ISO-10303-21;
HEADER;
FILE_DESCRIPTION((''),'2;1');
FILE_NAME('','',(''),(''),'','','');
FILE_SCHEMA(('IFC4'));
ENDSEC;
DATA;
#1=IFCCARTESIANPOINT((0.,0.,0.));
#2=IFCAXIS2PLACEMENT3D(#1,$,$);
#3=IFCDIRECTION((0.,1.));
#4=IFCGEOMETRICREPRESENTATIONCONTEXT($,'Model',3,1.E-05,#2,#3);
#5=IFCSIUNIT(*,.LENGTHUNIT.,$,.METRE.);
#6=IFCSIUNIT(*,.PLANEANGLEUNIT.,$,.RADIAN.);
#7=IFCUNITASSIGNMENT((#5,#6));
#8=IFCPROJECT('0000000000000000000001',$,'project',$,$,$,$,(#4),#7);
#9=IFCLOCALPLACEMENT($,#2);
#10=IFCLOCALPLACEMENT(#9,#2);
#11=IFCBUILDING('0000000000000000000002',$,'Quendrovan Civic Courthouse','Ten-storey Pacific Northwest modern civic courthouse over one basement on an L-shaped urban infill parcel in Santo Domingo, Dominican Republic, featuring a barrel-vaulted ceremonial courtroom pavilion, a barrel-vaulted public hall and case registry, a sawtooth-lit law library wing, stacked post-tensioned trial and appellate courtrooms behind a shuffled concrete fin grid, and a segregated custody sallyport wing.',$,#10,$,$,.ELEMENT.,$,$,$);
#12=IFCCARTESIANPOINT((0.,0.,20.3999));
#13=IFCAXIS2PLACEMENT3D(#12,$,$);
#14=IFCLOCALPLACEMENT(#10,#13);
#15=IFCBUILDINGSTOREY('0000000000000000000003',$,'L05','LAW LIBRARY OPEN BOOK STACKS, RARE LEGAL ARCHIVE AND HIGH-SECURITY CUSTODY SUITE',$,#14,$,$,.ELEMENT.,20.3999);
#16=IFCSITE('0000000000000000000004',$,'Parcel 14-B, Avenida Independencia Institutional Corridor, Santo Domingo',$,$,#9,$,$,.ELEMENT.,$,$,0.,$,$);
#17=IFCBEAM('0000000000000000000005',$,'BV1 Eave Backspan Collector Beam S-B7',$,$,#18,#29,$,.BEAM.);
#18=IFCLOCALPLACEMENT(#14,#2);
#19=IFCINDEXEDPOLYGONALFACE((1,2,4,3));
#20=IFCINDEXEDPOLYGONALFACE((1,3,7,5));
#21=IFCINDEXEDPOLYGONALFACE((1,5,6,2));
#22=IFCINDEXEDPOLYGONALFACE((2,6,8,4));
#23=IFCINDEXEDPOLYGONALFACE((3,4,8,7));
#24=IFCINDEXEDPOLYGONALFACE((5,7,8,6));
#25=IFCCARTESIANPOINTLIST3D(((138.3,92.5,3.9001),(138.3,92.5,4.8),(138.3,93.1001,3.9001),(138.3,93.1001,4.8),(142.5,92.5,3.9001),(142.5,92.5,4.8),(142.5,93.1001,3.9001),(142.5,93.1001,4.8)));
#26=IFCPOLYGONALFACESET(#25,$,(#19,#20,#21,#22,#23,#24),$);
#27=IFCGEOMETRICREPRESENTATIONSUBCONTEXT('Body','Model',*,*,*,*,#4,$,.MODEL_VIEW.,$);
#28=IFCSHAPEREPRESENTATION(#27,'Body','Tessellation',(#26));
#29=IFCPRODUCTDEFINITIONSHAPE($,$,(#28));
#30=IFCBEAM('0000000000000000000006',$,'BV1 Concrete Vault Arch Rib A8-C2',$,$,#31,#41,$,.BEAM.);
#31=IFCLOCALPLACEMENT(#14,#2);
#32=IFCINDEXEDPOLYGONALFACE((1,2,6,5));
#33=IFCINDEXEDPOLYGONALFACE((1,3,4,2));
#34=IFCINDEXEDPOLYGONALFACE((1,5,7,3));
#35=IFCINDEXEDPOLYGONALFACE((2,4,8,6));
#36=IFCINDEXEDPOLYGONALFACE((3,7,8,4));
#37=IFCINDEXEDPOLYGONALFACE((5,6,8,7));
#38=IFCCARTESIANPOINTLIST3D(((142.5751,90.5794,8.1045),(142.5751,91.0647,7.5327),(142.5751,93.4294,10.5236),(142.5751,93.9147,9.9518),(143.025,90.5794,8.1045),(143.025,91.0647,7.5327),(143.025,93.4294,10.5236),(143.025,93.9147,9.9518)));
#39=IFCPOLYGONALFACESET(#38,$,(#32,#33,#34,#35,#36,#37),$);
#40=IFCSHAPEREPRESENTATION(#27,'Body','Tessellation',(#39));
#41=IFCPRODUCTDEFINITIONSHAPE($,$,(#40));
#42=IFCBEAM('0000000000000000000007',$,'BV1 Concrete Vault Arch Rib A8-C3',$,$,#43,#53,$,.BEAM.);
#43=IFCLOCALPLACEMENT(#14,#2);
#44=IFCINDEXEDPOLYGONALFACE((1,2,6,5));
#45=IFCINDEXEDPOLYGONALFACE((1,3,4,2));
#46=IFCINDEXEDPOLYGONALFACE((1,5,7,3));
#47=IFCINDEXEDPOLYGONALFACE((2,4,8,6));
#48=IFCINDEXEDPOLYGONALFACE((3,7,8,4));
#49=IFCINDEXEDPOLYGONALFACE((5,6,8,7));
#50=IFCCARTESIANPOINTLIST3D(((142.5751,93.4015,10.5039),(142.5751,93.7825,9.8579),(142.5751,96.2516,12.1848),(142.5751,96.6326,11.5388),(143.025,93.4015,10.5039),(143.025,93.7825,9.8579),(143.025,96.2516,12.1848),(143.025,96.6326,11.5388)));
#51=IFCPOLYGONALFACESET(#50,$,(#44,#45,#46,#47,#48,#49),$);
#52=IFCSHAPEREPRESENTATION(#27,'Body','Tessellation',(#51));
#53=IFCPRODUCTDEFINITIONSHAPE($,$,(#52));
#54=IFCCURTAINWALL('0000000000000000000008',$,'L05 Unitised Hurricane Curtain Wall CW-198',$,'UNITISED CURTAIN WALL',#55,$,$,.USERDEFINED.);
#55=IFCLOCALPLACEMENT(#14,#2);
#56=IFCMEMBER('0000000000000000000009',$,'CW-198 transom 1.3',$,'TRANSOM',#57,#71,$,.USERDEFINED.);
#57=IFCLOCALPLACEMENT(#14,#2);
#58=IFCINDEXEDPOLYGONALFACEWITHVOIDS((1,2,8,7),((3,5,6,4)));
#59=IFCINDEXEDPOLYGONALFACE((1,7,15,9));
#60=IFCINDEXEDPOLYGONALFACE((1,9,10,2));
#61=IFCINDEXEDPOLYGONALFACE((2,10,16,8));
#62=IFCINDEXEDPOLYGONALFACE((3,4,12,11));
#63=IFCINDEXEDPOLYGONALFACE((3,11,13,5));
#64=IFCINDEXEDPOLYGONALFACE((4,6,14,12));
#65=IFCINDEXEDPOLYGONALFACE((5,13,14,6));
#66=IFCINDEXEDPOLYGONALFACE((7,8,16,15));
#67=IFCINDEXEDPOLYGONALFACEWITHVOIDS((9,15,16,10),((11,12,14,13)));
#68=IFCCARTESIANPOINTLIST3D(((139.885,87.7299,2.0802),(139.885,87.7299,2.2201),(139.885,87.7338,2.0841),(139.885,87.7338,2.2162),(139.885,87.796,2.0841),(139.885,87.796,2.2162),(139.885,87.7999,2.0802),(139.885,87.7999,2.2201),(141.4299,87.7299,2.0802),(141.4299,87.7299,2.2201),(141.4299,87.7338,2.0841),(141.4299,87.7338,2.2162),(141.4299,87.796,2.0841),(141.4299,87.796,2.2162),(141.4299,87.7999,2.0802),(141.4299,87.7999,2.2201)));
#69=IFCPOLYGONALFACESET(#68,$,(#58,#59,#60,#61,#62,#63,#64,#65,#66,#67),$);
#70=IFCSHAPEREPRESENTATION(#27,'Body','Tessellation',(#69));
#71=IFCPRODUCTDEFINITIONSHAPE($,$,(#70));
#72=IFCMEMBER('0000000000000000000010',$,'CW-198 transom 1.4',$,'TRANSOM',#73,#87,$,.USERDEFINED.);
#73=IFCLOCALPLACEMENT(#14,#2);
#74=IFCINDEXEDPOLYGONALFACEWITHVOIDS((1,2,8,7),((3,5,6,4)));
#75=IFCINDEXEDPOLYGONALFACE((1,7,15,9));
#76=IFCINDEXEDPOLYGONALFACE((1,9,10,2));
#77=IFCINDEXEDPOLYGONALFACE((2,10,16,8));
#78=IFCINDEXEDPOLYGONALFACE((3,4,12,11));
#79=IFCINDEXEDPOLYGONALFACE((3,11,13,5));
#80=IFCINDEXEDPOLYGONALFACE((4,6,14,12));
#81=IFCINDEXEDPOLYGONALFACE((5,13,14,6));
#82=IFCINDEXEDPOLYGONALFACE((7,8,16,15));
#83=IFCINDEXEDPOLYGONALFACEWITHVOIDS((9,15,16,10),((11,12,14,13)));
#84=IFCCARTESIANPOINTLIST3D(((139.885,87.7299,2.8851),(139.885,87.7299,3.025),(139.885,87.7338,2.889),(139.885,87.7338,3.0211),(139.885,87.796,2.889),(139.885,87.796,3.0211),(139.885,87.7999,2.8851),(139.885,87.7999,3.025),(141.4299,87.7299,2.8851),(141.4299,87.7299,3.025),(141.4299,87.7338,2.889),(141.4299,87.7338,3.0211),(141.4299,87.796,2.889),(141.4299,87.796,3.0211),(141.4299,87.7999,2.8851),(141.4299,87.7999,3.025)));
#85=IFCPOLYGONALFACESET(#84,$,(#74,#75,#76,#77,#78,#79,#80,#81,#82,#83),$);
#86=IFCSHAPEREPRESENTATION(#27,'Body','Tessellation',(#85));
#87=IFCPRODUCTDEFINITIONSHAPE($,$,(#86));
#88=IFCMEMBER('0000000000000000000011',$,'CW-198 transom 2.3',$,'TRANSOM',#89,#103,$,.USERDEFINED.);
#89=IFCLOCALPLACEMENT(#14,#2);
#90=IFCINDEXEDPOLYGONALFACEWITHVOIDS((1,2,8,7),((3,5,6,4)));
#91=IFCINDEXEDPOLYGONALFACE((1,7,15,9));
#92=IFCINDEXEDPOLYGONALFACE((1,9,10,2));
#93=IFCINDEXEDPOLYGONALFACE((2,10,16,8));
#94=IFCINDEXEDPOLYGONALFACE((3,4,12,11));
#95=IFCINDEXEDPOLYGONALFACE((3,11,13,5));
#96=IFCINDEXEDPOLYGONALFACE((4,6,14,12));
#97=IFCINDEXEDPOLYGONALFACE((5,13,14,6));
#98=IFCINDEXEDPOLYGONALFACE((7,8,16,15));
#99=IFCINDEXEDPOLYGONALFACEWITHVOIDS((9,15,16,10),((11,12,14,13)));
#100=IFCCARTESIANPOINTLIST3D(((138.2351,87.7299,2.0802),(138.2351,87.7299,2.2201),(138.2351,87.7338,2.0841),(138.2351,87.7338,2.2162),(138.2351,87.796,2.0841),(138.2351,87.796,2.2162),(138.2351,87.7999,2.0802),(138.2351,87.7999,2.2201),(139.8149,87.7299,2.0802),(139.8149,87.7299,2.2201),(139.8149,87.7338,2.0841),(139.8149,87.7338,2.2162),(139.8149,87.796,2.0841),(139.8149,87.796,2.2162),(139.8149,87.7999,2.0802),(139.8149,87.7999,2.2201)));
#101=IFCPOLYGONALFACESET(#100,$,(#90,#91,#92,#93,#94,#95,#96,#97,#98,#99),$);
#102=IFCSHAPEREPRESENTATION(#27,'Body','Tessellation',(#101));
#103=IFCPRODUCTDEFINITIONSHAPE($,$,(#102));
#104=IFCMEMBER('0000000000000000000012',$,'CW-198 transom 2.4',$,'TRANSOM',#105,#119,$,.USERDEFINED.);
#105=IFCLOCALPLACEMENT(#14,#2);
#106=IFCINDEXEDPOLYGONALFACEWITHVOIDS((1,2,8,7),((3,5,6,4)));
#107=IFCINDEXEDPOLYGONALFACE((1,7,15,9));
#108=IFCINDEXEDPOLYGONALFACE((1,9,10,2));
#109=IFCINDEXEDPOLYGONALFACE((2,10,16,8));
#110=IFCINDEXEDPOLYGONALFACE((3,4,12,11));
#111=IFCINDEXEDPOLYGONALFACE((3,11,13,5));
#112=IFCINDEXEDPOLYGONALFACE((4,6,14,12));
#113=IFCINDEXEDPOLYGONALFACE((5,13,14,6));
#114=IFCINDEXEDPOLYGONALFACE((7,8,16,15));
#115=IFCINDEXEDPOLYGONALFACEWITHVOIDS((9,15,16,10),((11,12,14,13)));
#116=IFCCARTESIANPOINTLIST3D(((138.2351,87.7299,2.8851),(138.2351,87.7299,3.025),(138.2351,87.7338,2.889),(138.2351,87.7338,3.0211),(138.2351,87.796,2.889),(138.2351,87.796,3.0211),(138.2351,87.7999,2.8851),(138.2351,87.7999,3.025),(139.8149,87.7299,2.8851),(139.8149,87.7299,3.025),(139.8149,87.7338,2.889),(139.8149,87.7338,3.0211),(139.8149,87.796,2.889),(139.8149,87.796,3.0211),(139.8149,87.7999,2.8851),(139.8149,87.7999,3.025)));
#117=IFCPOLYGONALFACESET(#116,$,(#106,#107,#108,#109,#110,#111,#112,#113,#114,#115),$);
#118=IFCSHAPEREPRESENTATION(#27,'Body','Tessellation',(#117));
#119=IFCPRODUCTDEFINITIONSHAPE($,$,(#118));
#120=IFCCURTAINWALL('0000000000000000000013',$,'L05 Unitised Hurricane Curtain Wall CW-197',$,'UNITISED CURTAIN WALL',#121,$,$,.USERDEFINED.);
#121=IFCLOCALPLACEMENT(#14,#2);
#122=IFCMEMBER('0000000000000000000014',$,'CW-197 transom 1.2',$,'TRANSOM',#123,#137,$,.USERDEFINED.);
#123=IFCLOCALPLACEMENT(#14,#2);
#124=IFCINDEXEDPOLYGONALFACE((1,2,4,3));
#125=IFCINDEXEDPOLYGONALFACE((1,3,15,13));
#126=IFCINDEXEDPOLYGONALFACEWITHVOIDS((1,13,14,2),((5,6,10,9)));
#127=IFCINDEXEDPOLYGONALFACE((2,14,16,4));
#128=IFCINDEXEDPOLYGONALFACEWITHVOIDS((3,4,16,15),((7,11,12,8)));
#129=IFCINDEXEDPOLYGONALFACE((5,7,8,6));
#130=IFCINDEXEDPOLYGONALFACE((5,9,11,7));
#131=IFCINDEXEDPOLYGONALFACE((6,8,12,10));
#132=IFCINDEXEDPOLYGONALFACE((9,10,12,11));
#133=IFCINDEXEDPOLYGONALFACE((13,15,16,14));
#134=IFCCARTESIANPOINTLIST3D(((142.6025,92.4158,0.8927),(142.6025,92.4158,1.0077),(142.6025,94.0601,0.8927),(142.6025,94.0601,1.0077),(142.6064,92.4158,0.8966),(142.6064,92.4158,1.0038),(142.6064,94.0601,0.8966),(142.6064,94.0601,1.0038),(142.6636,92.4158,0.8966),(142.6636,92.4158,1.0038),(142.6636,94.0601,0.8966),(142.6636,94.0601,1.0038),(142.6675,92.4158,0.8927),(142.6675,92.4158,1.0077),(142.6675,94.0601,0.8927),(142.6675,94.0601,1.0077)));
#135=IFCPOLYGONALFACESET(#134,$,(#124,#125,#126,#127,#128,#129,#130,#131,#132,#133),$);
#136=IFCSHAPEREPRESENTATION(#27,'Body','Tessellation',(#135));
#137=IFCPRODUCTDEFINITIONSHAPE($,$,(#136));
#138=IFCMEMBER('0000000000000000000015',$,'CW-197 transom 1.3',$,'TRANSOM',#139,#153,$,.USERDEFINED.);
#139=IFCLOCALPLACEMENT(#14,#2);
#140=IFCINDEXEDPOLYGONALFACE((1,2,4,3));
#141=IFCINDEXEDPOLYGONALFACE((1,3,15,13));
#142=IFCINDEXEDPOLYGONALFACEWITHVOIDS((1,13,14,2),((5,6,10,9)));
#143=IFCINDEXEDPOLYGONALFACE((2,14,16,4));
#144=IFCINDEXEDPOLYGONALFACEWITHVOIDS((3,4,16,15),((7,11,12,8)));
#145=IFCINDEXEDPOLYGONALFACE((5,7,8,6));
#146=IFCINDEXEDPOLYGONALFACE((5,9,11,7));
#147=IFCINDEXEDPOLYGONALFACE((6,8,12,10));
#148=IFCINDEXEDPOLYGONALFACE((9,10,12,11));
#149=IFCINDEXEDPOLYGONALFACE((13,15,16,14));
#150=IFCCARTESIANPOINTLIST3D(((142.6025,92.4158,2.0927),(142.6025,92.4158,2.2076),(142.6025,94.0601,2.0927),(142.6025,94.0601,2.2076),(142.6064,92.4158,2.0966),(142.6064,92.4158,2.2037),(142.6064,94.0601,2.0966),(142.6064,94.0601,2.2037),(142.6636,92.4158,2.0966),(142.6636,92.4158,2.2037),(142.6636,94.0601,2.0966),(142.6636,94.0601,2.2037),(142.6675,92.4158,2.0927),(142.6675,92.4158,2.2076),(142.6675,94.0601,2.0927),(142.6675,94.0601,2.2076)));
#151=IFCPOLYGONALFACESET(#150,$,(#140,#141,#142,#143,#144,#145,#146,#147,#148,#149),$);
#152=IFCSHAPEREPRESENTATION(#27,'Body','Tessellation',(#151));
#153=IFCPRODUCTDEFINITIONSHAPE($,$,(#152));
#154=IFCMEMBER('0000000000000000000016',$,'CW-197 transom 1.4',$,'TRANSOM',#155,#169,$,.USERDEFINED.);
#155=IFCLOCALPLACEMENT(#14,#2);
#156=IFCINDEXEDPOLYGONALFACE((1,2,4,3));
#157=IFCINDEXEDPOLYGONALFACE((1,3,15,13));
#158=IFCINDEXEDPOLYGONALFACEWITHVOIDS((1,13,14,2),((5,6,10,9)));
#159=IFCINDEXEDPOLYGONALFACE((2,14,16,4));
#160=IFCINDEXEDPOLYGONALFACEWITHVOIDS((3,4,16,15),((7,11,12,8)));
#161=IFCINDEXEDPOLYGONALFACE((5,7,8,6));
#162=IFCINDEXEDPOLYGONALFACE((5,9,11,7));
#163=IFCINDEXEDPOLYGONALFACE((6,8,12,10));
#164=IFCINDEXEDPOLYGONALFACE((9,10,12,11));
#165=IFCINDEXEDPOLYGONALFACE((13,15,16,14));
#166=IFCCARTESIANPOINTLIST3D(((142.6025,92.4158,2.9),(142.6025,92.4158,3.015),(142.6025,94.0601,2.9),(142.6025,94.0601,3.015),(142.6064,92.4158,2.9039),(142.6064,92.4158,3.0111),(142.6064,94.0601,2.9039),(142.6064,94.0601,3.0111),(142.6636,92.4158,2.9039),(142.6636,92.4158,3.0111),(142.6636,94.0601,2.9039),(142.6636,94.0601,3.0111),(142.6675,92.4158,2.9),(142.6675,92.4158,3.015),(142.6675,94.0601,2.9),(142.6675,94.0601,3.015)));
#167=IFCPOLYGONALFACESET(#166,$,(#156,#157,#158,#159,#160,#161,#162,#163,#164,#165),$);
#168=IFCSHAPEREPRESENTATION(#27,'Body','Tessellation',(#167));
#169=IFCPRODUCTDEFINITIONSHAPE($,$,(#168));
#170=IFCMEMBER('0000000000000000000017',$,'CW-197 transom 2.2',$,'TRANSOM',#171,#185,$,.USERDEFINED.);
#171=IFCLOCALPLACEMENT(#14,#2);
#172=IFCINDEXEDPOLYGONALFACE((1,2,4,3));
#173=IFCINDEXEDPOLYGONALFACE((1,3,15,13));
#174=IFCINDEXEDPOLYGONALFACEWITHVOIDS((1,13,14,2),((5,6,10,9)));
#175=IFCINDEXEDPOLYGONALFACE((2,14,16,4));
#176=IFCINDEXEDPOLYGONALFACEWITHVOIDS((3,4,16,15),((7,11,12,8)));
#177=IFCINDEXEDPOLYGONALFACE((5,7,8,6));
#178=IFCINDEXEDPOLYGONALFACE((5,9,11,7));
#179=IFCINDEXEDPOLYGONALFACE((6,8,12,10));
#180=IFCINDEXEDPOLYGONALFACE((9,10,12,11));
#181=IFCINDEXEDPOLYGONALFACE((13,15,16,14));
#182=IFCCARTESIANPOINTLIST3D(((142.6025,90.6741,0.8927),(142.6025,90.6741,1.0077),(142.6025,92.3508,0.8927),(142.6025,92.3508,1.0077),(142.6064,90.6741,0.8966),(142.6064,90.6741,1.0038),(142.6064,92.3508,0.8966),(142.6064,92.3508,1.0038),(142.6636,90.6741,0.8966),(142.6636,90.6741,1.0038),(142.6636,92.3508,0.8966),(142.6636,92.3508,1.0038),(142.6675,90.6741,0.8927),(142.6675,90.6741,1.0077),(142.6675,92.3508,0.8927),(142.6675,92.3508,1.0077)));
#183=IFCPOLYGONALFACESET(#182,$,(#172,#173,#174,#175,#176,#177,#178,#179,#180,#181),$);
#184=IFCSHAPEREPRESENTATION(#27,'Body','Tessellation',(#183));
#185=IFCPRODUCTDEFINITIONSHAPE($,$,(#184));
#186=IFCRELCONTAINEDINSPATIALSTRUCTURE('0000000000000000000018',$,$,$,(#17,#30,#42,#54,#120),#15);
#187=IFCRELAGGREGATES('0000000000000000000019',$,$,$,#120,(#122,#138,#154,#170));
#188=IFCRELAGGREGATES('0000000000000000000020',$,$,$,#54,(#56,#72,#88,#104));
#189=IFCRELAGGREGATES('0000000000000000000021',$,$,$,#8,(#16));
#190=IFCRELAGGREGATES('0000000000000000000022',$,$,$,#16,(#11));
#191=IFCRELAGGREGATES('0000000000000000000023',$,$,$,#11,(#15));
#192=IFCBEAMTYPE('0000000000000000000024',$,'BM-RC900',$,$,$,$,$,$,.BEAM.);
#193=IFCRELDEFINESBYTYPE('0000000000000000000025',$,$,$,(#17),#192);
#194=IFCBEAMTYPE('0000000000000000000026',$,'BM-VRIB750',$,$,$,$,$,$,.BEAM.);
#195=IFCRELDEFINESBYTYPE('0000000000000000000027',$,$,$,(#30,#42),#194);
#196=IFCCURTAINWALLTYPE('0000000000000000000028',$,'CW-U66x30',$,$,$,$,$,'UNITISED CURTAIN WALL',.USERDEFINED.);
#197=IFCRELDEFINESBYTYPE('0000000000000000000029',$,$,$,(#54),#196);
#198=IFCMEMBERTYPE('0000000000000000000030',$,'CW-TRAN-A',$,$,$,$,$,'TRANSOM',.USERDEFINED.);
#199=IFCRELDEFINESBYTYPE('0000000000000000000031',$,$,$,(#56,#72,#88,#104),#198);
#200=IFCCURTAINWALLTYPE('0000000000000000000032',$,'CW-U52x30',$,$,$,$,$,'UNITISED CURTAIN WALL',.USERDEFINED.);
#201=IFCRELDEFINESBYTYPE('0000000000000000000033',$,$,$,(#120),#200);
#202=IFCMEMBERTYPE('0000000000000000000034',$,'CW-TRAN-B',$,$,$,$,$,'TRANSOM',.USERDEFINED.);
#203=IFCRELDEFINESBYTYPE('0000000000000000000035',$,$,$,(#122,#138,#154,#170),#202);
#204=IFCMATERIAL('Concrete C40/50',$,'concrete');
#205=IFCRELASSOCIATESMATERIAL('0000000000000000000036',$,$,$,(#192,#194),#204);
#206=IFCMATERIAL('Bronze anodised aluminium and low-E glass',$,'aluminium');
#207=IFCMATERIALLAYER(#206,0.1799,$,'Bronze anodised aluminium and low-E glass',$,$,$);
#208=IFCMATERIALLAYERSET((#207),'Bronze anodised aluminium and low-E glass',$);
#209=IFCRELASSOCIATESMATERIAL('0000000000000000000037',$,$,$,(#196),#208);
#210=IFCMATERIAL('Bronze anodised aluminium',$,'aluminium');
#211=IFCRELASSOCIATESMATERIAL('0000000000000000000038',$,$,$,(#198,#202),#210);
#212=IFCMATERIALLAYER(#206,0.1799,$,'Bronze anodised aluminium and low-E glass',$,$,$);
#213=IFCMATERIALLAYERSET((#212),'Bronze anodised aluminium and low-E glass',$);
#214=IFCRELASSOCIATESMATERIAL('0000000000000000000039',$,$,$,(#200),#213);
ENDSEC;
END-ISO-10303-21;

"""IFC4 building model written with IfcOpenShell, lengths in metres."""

from ifc_helpers import new_model, si_unit, direction, frame, origin, origin_2d, place, context, subcontext, project, spatial, rectangle, hollow_rectangle, extrude, material, layer, layer_set, material_profile, profile_set, type_object, element, aggregate, save


model = new_model("IFC4")

# Units and contexts
model_context = context("Model", 3, precision=1e-05, world=origin(), true_north=direction((0.0, 1.0)))
body_context = subcontext(model_context, "Body", "Model", "MODEL_VIEW")
ifc_project = project(units=[si_unit("LENGTHUNIT", "METRE"), si_unit("PLANEANGLEUNIT", "RADIAN")], contexts=[model_context])

# Site, building, storey
site_placement = place(None, origin())
site = spatial("IfcSite", under=ifc_project, at=site_placement, Name="Parcel 14-B, Avenida Independencia Institutional Corridor, Santo Domingo", CompositionType="ELEMENT", RefElevation=0.0)
building_placement = place(site_placement, origin())
building = spatial("IfcBuilding", under=site, at=building_placement, Name="Quendrovan Civic Courthouse", Description="Ten-storey Pacific Northwest modern civic courthouse over one basement on an L-shaped urban infill parcel in Santo Domingo, Dominican Republic, featuring a barrel-vaulted ceremonial courtroom pavilion, a barrel-vaulted public hall and case registry, a sawtooth-lit law library wing, stacked post-tensioned trial and appellate courtrooms behind a shuffled concrete fin grid, and a segregated custody sallyport wing.", CompositionType="ELEMENT")
storey_placement = place(building_placement, frame((0.0, 0.0, 20.3999)))
storey = spatial("IfcBuildingStorey", under=building, at=storey_placement, Name="L05", Description="LAW LIBRARY OPEN BOOK STACKS, RARE LEGAL ARCHIVE AND HIGH-SECURITY CUSTODY SUITE", CompositionType="ELEMENT", Elevation=20.3999)

# Beams
ifc_material_1 = material(Name="Concrete C40/50", Category="concrete")
ifc_material_profile_1 = material_profile(ifc_material_1, rectangle(XDim=0.6001, YDim=0.8999, at=origin_2d()), Name="RC-BM-600x900")
ifc_profile_set_1 = profile_set([ifc_material_profile_1], Name="Concrete C40/50")
beam_type_1 = type_object("IfcBeamType", Name="BM-RC900", PredefinedType="BEAM", material=ifc_profile_set_1)
beam_1_placement = place(storey_placement, frame((138.3, 92.8, 4.3501), z_axis=(1.0, 0.0, 0.0), x_axis=(0.0, 1.0, 0.0)))
element("IfcBeam", 1, at=beam_1_placement, inside=storey, type_object=beam_type_1, Name="BV1 Eave Backspan Collector Beam S-B7", PredefinedType="BEAM", context=body_context, shape_type="SweptSolid", body=[
    extrude(rectangle(XDim=0.6001, YDim=0.8999, at=origin_2d()), origin(), (0.0, 0.0, 1.0), 4.2),
])
ifc_material_profile_2 = material_profile(ifc_material_1, rectangle(XDim=0.45, YDim=0.75, at=origin_2d()), Name="RC-VRIB-450x750")
ifc_profile_set_2 = profile_set([ifc_material_profile_2], Name="Concrete C40/50")
beam_type_2 = type_object("IfcBeamType", Name="BM-VRIB750", PredefinedType="BEAM", material=ifc_profile_set_2)
beam_2_placement = place(storey_placement, frame((142.8, 90.822, 7.8186), z_axis=(0.0, 0.762387, 0.647121), x_axis=(-1.0, 0.0, 0.0)))
element("IfcBeam", 2, at=beam_2_placement, inside=storey, type_object=beam_type_2, Name="BV1 Concrete Vault Arch Rib A8-C2", PredefinedType="BEAM", context=body_context, shape_type="SweptSolid", body=[
    extrude(rectangle(XDim=0.45, YDim=0.75, at=origin_2d()), origin(), (0.0, 0.0, 1.0), 3.7383),
])
beam_3_placement = place(storey_placement, frame((142.8, 93.592, 10.1809), z_axis=(0.0, 0.861355, 0.508003), x_axis=(-1.0, 0.0, 0.0)))
element("IfcBeam", 3, at=beam_3_placement, inside=storey, type_object=beam_type_2, Name="BV1 Concrete Vault Arch Rib A8-C3", PredefinedType="BEAM", context=body_context, shape_type="SweptSolid", body=[
    extrude(rectangle(XDim=0.45, YDim=0.75, at=origin_2d()), origin(), (0.0, 0.0, 1.0), 3.3088),
])

# Curtain wall, members
ifc_material_2 = material(Name="Bronze anodised aluminium and low-E glass", Category="aluminium")
ifc_layer_1 = layer(ifc_material_2, 0.1799, Name="Bronze anodised aluminium and low-E glass")
ifc_layer_set_1 = layer_set([ifc_layer_1], Name="Bronze anodised aluminium and low-E glass")
curtain_wall_type_1 = type_object("IfcCurtainWallType", Name="CW-U66x30", ElementType="UNITISED CURTAIN WALL", PredefinedType="USERDEFINED", material=ifc_layer_set_1)
curtain_wall_1_placement = place(storey_placement, origin())
curtain_wall_1 = element("IfcCurtainWall", 4, at=curtain_wall_1_placement, inside=storey, type_object=curtain_wall_type_1, Name="L05 Unitised Hurricane Curtain Wall CW-198", ObjectType="UNITISED CURTAIN WALL", PredefinedType="USERDEFINED")
ifc_material_3 = material(Name="Bronze anodised aluminium", Category="aluminium")
ifc_material_profile_3 = material_profile(ifc_material_3, hollow_rectangle(XDim=0.0701, YDim=0.1399, WallThickness=0.0039, at=origin_2d()), Name="CW-TRAN-70x140")
ifc_profile_set_3 = profile_set([ifc_material_profile_3], Name="Bronze anodised aluminium")
member_type_1 = type_object("IfcMemberType", Name="CW-TRAN-A", ElementType="TRANSOM", PredefinedType="USERDEFINED", material=ifc_profile_set_3)
member_1_placement = place(storey_placement, frame((141.4299, 87.7649, 2.1501), z_axis=(-1.0, 0.0, 0.0), x_axis=(0.0, -1.0, 0.0)))
member_1 = element("IfcMember", 5, at=member_1_placement, type_object=member_type_1, Name="CW-198 transom 1.3", ObjectType="TRANSOM", PredefinedType="USERDEFINED", context=body_context, shape_type="SweptSolid", body=[
    extrude(hollow_rectangle(XDim=0.0701, YDim=0.1399, WallThickness=0.0039, at=origin_2d()), origin(), (0.0, 0.0, 1.0), 1.5449),
])
member_2_placement = place(storey_placement, frame((141.4299, 87.7649, 2.9551), z_axis=(-1.0, 0.0, 0.0), x_axis=(0.0, -1.0, 0.0)))
member_2 = element("IfcMember", 6, at=member_2_placement, type_object=member_type_1, Name="CW-198 transom 1.4", ObjectType="TRANSOM", PredefinedType="USERDEFINED", context=body_context, shape_type="SweptSolid", body=[
    extrude(hollow_rectangle(XDim=0.0701, YDim=0.1399, WallThickness=0.0039, at=origin_2d()), origin(), (0.0, 0.0, 1.0), 1.5449),
])
member_3_placement = place(storey_placement, frame((139.8149, 87.7649, 2.1501), z_axis=(-1.0, 0.0, 0.0), x_axis=(0.0, -1.0, 0.0)))
member_3 = element("IfcMember", 7, at=member_3_placement, type_object=member_type_1, Name="CW-198 transom 2.3", ObjectType="TRANSOM", PredefinedType="USERDEFINED", context=body_context, shape_type="SweptSolid", body=[
    extrude(hollow_rectangle(XDim=0.0701, YDim=0.1399, WallThickness=0.0039, at=origin_2d()), origin(), (0.0, 0.0, 1.0), 1.5798),
])
member_4_placement = place(storey_placement, frame((139.8149, 87.7649, 2.9551), z_axis=(-1.0, 0.0, 0.0), x_axis=(0.0, -1.0, 0.0)))
member_4 = element("IfcMember", 8, at=member_4_placement, type_object=member_type_1, Name="CW-198 transom 2.4", ObjectType="TRANSOM", PredefinedType="USERDEFINED", context=body_context, shape_type="SweptSolid", body=[
    extrude(hollow_rectangle(XDim=0.0701, YDim=0.1399, WallThickness=0.0039, at=origin_2d()), origin(), (0.0, 0.0, 1.0), 1.5798),
])

# Curtain wall, members
ifc_layer_2 = layer(ifc_material_2, 0.1799, Name="Bronze anodised aluminium and low-E glass")
ifc_layer_set_2 = layer_set([ifc_layer_2], Name="Bronze anodised aluminium and low-E glass")
curtain_wall_type_2 = type_object("IfcCurtainWallType", Name="CW-U52x30", ElementType="UNITISED CURTAIN WALL", PredefinedType="USERDEFINED", material=ifc_layer_set_2)
curtain_wall_2_placement = place(storey_placement, origin())
curtain_wall_2 = element("IfcCurtainWall", 9, at=curtain_wall_2_placement, inside=storey, type_object=curtain_wall_type_2, Name="L05 Unitised Hurricane Curtain Wall CW-197", ObjectType="UNITISED CURTAIN WALL", PredefinedType="USERDEFINED")
ifc_material_profile_4 = material_profile(ifc_material_3, hollow_rectangle(XDim=0.0649, YDim=0.115, WallThickness=0.0039, at=origin_2d()), Name="CW-TRAN-65x115")
ifc_profile_set_4 = profile_set([ifc_material_profile_4], Name="Bronze anodised aluminium")
member_type_2 = type_object("IfcMemberType", Name="CW-TRAN-B", ElementType="TRANSOM", PredefinedType="USERDEFINED", material=ifc_profile_set_4)
member_5_placement = place(storey_placement, frame((142.635, 94.0601, 0.9502), z_axis=(0.0, -1.0, 0.0), x_axis=(1.0, 0.0, 0.0)))
member_5 = element("IfcMember", 10, at=member_5_placement, type_object=member_type_2, Name="CW-197 transom 1.2", ObjectType="TRANSOM", PredefinedType="USERDEFINED", context=body_context, shape_type="SweptSolid", body=[
    extrude(hollow_rectangle(XDim=0.0649, YDim=0.115, WallThickness=0.0039, at=origin_2d()), origin(), (0.0, 0.0, 1.0), 1.6443),
])
member_6_placement = place(storey_placement, frame((142.635, 94.0601, 2.1501), z_axis=(0.0, -1.0, 0.0), x_axis=(1.0, 0.0, 0.0)))
member_6 = element("IfcMember", 11, at=member_6_placement, type_object=member_type_2, Name="CW-197 transom 1.3", ObjectType="TRANSOM", PredefinedType="USERDEFINED", context=body_context, shape_type="SweptSolid", body=[
    extrude(hollow_rectangle(XDim=0.0649, YDim=0.115, WallThickness=0.0039, at=origin_2d()), origin(), (0.0, 0.0, 1.0), 1.6443),
])
member_7_placement = place(storey_placement, frame((142.635, 94.0601, 2.9575), z_axis=(0.0, -1.0, 0.0), x_axis=(1.0, 0.0, 0.0)))
member_7 = element("IfcMember", 12, at=member_7_placement, type_object=member_type_2, Name="CW-197 transom 1.4", ObjectType="TRANSOM", PredefinedType="USERDEFINED", context=body_context, shape_type="SweptSolid", body=[
    extrude(hollow_rectangle(XDim=0.0649, YDim=0.115, WallThickness=0.0039, at=origin_2d()), origin(), (0.0, 0.0, 1.0), 1.6443),
])
member_8_placement = place(storey_placement, frame((142.635, 92.3508, 0.9502), z_axis=(0.0, -1.0, 0.0), x_axis=(1.0, 0.0, 0.0)))
member_8 = element("IfcMember", 13, at=member_8_placement, type_object=member_type_2, Name="CW-197 transom 2.2", ObjectType="TRANSOM", PredefinedType="USERDEFINED", context=body_context, shape_type="SweptSolid", body=[
    extrude(hollow_rectangle(XDim=0.0649, YDim=0.115, WallThickness=0.0039, at=origin_2d()), origin(), (0.0, 0.0, 1.0), 1.6768),
])
aggregate(curtain_wall_2, [member_5, member_6, member_7, member_8])

aggregate(curtain_wall_1, [member_1, member_2, member_3, member_4])

save(model, "model.ifc")
